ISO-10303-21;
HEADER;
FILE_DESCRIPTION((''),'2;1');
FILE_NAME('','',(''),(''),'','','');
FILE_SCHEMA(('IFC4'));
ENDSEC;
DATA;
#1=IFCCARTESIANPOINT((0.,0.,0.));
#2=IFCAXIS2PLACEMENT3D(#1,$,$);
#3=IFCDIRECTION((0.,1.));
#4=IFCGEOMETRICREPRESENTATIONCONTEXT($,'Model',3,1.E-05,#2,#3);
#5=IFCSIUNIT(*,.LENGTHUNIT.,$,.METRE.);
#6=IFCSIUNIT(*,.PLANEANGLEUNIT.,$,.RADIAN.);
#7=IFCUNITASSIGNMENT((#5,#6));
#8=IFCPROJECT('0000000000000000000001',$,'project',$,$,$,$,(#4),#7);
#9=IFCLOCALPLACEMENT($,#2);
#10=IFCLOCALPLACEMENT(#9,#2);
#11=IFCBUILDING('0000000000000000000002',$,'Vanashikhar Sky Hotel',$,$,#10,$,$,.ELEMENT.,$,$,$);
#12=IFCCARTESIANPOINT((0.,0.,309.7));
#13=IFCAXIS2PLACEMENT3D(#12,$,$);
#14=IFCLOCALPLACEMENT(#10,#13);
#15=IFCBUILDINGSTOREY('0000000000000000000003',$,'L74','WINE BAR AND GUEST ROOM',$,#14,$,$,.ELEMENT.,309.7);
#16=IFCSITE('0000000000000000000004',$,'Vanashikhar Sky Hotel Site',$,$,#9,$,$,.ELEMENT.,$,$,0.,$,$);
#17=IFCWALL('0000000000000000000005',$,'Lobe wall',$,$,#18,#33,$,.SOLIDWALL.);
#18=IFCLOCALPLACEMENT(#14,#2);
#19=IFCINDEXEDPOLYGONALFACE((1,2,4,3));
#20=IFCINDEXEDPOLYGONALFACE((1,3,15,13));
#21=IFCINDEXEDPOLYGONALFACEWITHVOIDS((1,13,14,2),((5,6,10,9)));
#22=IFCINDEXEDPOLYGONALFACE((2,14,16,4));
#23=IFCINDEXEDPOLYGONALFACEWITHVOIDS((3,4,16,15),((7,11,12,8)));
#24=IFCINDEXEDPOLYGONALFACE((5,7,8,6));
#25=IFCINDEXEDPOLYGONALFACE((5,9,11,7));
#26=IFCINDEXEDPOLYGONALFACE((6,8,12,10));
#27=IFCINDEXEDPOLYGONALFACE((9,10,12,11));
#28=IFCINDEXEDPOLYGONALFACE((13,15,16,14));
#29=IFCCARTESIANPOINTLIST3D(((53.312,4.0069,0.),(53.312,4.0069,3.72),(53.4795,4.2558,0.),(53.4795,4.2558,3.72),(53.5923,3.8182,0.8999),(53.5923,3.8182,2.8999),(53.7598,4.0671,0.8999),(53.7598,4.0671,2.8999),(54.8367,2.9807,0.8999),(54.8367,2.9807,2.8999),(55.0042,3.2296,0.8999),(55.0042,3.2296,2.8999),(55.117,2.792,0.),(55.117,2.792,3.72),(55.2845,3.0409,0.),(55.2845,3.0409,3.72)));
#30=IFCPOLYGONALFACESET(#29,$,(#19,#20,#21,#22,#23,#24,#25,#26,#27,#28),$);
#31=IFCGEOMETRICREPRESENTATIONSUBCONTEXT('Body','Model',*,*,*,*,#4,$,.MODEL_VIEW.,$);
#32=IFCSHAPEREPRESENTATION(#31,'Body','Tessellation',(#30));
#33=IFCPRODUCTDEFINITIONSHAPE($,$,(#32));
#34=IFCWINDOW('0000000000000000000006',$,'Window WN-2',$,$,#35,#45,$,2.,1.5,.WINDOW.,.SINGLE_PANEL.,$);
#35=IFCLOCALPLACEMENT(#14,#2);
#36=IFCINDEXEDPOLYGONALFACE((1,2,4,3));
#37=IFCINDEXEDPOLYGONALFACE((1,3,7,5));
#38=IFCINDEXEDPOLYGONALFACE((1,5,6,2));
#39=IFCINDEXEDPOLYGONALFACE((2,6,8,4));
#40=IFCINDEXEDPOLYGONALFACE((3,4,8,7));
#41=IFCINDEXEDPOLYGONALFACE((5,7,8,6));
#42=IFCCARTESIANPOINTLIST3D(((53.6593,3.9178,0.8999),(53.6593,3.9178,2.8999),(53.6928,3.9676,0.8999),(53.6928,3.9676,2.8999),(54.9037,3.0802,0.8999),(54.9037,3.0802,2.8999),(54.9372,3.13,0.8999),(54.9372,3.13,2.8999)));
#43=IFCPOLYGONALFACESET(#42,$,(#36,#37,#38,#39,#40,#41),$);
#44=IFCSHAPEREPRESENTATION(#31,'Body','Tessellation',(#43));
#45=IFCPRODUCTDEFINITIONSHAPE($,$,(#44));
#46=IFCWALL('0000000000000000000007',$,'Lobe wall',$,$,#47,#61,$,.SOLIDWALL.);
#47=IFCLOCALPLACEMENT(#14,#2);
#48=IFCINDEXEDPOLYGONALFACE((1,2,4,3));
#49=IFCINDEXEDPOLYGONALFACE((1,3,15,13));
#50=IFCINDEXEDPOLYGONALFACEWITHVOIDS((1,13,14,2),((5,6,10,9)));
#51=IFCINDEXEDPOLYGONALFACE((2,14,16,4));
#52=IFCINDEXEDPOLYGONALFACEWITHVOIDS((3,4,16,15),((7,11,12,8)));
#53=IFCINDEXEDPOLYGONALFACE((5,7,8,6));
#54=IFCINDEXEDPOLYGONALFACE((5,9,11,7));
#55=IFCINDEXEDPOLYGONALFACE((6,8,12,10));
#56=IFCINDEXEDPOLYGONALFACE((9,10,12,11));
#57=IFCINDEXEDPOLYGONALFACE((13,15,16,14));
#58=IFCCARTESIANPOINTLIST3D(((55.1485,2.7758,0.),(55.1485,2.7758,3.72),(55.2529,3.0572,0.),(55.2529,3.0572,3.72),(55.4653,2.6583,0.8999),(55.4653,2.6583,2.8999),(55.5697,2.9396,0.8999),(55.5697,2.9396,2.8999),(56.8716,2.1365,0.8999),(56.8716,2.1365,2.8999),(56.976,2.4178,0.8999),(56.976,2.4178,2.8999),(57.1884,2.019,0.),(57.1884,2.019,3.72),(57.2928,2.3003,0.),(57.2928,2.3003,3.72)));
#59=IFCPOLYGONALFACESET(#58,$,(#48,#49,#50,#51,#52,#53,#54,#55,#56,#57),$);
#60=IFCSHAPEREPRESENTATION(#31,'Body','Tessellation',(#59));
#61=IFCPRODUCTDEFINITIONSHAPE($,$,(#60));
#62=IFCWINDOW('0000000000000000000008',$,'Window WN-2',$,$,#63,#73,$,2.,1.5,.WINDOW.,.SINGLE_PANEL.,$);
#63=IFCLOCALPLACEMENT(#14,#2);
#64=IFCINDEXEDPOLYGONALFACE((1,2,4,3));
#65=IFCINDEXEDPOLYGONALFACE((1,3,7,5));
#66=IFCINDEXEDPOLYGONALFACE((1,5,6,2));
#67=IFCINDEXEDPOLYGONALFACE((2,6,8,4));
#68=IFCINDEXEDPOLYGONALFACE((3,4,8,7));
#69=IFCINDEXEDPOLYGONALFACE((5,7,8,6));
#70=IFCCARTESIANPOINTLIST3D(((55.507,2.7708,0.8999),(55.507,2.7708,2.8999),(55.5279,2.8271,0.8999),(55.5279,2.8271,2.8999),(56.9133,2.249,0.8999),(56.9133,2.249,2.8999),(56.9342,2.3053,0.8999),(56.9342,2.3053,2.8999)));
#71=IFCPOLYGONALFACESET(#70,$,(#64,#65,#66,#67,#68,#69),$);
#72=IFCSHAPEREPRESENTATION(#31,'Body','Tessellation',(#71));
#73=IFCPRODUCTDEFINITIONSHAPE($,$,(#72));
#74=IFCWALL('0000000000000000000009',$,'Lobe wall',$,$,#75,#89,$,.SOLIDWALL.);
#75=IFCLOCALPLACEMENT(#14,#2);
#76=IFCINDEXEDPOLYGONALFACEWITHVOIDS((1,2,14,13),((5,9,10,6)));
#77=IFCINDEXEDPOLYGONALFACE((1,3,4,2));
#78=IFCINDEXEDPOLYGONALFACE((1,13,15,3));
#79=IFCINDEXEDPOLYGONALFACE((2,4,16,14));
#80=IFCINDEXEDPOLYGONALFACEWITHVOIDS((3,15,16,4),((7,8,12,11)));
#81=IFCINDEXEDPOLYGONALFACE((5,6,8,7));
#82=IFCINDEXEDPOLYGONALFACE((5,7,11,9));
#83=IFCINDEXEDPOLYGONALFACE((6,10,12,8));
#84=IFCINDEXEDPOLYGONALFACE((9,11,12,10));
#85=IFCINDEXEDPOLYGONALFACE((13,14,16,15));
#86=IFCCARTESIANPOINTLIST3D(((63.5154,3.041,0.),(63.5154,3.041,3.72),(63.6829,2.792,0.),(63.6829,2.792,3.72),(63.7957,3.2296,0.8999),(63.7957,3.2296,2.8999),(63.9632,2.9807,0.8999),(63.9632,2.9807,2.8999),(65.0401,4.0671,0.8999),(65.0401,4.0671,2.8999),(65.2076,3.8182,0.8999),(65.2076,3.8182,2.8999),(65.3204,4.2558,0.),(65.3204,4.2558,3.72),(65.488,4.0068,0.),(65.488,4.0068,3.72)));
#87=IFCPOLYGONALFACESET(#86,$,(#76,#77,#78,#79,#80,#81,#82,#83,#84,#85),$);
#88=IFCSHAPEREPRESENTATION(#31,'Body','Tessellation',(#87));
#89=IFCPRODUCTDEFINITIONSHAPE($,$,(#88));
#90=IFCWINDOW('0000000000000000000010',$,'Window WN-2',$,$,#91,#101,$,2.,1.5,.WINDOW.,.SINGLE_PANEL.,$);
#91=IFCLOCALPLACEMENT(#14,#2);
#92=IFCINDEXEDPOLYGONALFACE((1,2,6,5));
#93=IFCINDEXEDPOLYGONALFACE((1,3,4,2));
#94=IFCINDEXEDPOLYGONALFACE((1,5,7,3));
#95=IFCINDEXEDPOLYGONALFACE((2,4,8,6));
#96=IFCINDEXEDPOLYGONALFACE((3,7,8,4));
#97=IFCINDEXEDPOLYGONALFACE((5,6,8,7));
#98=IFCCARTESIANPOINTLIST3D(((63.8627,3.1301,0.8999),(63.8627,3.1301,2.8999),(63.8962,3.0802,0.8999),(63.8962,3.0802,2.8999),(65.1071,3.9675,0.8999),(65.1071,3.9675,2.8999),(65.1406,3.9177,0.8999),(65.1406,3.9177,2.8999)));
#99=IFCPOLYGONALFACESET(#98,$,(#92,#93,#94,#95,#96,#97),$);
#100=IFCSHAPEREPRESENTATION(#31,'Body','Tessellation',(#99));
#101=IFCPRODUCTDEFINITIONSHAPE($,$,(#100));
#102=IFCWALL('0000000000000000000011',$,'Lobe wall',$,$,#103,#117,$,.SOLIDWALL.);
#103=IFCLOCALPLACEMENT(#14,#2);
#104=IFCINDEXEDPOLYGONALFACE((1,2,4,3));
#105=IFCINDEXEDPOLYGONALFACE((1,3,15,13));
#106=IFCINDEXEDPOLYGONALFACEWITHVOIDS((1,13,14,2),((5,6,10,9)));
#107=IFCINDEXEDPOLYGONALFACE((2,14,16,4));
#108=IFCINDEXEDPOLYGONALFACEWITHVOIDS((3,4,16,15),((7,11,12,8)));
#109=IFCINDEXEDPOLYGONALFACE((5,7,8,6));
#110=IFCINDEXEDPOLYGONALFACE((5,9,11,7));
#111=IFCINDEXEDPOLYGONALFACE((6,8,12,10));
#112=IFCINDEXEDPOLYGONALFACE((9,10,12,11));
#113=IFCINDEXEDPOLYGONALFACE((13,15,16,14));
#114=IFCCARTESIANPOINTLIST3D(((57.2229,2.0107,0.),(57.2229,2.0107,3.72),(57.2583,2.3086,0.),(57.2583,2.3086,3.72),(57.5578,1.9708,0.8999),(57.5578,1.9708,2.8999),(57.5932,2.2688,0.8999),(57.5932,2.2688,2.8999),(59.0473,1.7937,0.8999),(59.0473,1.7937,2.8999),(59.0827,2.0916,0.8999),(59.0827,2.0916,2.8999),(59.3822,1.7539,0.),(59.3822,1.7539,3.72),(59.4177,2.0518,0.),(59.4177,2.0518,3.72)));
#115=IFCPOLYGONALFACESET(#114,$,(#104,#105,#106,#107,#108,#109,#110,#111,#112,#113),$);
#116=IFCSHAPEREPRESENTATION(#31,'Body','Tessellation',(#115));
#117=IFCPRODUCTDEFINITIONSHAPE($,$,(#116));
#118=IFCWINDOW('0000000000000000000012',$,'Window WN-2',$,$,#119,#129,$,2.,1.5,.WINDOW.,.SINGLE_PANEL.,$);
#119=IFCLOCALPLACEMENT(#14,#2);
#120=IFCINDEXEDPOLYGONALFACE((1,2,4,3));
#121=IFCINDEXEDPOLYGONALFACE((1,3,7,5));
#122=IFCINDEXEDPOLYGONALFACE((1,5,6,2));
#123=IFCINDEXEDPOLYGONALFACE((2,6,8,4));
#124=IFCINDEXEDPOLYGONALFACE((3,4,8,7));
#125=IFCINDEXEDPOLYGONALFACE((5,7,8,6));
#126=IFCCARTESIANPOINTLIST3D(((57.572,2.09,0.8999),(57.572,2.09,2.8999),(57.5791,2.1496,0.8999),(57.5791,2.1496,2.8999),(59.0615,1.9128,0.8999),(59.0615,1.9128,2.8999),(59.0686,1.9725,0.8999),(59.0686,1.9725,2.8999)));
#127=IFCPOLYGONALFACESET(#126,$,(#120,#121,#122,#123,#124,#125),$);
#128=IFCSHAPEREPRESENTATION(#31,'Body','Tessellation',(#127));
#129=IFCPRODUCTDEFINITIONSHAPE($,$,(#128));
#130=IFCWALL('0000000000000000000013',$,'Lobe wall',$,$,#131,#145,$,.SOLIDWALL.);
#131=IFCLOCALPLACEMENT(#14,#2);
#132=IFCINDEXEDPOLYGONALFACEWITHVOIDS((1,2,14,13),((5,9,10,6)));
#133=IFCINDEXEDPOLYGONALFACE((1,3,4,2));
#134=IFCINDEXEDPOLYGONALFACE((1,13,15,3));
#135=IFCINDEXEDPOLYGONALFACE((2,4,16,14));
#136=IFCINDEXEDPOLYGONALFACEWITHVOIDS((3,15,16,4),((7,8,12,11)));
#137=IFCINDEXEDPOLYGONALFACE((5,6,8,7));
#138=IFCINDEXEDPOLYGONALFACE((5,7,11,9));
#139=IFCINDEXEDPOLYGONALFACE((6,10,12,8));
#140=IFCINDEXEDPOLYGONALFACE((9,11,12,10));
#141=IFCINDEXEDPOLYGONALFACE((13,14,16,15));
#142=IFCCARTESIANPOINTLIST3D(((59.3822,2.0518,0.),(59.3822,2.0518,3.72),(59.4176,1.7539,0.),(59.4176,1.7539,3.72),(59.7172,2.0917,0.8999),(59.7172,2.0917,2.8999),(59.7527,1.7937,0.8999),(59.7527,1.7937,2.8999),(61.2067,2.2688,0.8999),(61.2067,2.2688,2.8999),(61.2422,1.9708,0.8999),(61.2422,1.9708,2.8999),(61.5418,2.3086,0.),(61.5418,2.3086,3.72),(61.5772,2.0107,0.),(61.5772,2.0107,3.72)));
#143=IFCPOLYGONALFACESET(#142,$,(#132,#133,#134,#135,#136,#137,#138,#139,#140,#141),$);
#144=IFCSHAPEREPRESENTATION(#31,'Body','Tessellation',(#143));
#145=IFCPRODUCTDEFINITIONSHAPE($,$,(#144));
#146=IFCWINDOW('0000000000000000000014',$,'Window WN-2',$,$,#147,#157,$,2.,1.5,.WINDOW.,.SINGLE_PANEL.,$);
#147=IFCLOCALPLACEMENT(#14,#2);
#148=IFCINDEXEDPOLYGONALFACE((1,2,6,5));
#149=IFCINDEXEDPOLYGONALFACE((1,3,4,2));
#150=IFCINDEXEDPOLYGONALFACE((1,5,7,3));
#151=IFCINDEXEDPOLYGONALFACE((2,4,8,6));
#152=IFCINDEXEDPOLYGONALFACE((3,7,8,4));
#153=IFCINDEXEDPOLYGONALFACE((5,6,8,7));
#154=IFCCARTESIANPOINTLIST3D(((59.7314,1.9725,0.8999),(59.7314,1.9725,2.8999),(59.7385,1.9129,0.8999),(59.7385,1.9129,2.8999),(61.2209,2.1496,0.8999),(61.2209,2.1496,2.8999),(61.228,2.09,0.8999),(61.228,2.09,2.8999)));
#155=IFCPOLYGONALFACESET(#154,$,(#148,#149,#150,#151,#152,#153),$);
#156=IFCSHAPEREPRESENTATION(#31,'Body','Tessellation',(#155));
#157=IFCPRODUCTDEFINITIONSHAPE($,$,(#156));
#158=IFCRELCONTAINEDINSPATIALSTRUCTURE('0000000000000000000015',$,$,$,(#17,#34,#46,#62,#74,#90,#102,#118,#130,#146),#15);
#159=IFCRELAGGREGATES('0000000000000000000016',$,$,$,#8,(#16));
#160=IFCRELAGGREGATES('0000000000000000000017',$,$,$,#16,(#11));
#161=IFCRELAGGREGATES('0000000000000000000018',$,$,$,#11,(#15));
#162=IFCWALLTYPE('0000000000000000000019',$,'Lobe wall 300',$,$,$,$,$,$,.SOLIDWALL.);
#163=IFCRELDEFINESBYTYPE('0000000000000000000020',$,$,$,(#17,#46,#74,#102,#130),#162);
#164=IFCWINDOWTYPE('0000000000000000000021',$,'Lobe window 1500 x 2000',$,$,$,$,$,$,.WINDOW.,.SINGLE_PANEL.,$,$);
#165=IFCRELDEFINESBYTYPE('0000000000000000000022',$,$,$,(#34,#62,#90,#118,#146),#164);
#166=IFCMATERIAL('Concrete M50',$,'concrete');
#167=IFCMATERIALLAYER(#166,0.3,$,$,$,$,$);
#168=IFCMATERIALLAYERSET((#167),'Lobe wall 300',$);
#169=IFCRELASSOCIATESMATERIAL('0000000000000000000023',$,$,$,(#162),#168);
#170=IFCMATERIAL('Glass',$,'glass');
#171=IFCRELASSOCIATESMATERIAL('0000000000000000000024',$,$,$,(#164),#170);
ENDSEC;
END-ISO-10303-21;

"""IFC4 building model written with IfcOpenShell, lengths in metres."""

from ifc_helpers import new_model, si_unit, direction, frame, frame_2d, origin, place, context, subcontext, project, spatial, rectangle, extrude, source, transform, mapped, material, layer, layer_set, type_object, element, fill, save


model = new_model("IFC4")

# Units and contexts
model_context = context("Model", 3, precision=1e-05, world=origin(), true_north=direction((0.0, 1.0)))
body_context = subcontext(model_context, "Body", "Model", "MODEL_VIEW")
ifc_project = project(units=[si_unit("LENGTHUNIT", "METRE"), si_unit("PLANEANGLEUNIT", "RADIAN")], contexts=[model_context])

# Site, building, storey
site_placement = place(None, origin())
site = spatial("IfcSite", under=ifc_project, at=site_placement, Name="Vanashikhar Sky Hotel Site", CompositionType="ELEMENT", RefElevation=0.0)
building_placement = place(site_placement, origin())
building = spatial("IfcBuilding", under=site, at=building_placement, Name="Vanashikhar Sky Hotel", CompositionType="ELEMENT")
storey_placement = place(building_placement, frame((0.0, 0.0, 309.7)))
storey = spatial("IfcBuildingStorey", under=building, at=storey_placement, Name="L74", Description="WINE BAR AND GUEST ROOM", CompositionType="ELEMENT", Elevation=309.7)

# Walls, openings, windows
ifc_material_1 = material(Name="Concrete M50", Category="concrete")
ifc_layer_1 = layer(ifc_material_1, 0.3)
ifc_layer_set_1 = layer_set([ifc_layer_1], Name="Lobe wall 300")
wall_type_1 = type_object("IfcWallType", Name="Lobe wall 300", PredefinedType="SOLIDWALL", material=ifc_layer_set_1)
shared_shape_1 = source(origin(), body_context, "Body", "SweptSolid", [
    extrude(rectangle(XDim=2.1758, YDim=0.3, at=frame_2d((1.0879, 0.0))), origin(), (0.0, 0.0, 1.0), 3.72),
])
wall_1_placement = place(storey_placement, frame((53.3958, 4.1313, 0.0), z_axis=(0.0, 0.0, 1.0), x_axis=(0.829591, -0.558372, 0.0)))
wall_1 = element("IfcWall", 1, at=wall_1_placement, inside=storey, type_object=wall_type_1, Name="Lobe wall", PredefinedType="SOLIDWALL", context=body_context, shape_type="MappedRepresentation", body=[
    mapped(shared_shape_1, transform((0.0, 0.0, 0.0), scale=1.0)),
])
shared_shape_2 = source(origin(), body_context, "Body", "SweptSolid", [
    extrude(rectangle(XDim=1.5, YDim=2.0, at=frame_2d((0.75, 1.0))), frame((0.0, 0.1602, 0.0), z_axis=(0.0, -1.0, 0.0), x_axis=(1.0, 0.0, 0.0)), (0.0, 0.0, 1.0), 0.3201),
])
opening_1_placement = place(wall_1_placement, frame((0.3379, 0.0, 0.8999)))
opening_1 = element("IfcOpeningElement", 2, at=opening_1_placement, cuts=wall_1, PredefinedType="OPENING", context=body_context, shape_type="MappedRepresentation", body=[
    mapped(shared_shape_2, transform((0.0, 0.0, 0.0), scale=1.0)),
])
ifc_material_2 = material(Name="Glass", Category="glass")
window_type = type_object("IfcWindowType", Name="Lobe window 1500 x 2000", PartitioningType="SINGLE_PANEL", PredefinedType="WINDOW", material=ifc_material_2)
shared_shape_3 = source(origin(), body_context, "Body", "SweptSolid", [
    extrude(rectangle(XDim=1.5, YDim=2.0, at=frame_2d((0.75, 1.0))), frame((0.0, 0.03, 0.0), z_axis=(0.0, -1.0, 0.0), x_axis=(1.0, 0.0, 0.0)), (0.0, 0.0, 1.0), 0.0601),
])
window_1_placement = place(opening_1_placement, origin())
window_1 = element("IfcWindow", 3, at=window_1_placement, inside=storey, type_object=window_type, Name="Window WN-2", OverallHeight=2.0, OverallWidth=1.5, PartitioningType="SINGLE_PANEL", PredefinedType="WINDOW", context=body_context, shape_type="MappedRepresentation", body=[
    mapped(shared_shape_3, transform((0.0, 0.0, 0.0), scale=1.0)),
])
fill(opening_1, window_1)
wall_2_placement = place(storey_placement, frame((55.2007, 2.9165, 0.0), z_axis=(0.0, 0.0, 1.0), x_axis=(0.937546, -0.347863, 0.0)))
wall_2 = element("IfcWall", 4, at=wall_2_placement, inside=storey, type_object=wall_type_1, Name="Lobe wall", PredefinedType="SOLIDWALL", context=body_context, shape_type="MappedRepresentation", body=[
    mapped(shared_shape_1, transform((0.0, 0.0, 0.0), scale=1.0)),
])
opening_2_placement = place(wall_2_placement, frame((0.3379, 0.0, 0.8999)))
opening_2 = element("IfcOpeningElement", 5, at=opening_2_placement, cuts=wall_2, PredefinedType="OPENING", context=body_context, shape_type="MappedRepresentation", body=[
    mapped(shared_shape_2, transform((0.0, 0.0, 0.0), scale=1.0)),
])
window_2_placement = place(opening_2_placement, origin())
window_2 = element("IfcWindow", 6, at=window_2_placement, inside=storey, type_object=window_type, Name="Window WN-2", OverallHeight=2.0, OverallWidth=1.5, PartitioningType="SINGLE_PANEL", PredefinedType="WINDOW", context=body_context, shape_type="MappedRepresentation", body=[
    mapped(shared_shape_3, transform((0.0, 0.0, 0.0), scale=1.0)),
])
fill(opening_2, window_2)
wall_3_placement = place(storey_placement, frame((63.5991, 2.9165, 0.0), z_axis=(0.0, 0.0, 1.0), x_axis=(0.829626, 0.55832, 0.0)))
wall_3 = element("IfcWall", 7, at=wall_3_placement, inside=storey, type_object=wall_type_1, Name="Lobe wall", PredefinedType="SOLIDWALL", context=body_context, shape_type="MappedRepresentation", body=[
    mapped(shared_shape_1, transform((0.0, 0.0, 0.0), scale=1.0)),
])
opening_3_placement = place(wall_3_placement, frame((0.3379, 0.0, 0.8999)))
opening_3 = element("IfcOpeningElement", 8, at=opening_3_placement, cuts=wall_3, PredefinedType="OPENING", context=body_context, shape_type="MappedRepresentation", body=[
    mapped(shared_shape_2, transform((0.0, 0.0, 0.0), scale=1.0)),
])
window_3_placement = place(opening_3_placement, origin())
window_3 = element("IfcWindow", 9, at=window_3_placement, inside=storey, type_object=window_type, Name="Window WN-2", OverallHeight=2.0, OverallWidth=1.5, PartitioningType="SINGLE_PANEL", PredefinedType="WINDOW", context=body_context, shape_type="MappedRepresentation", body=[
    mapped(shared_shape_3, transform((0.0, 0.0, 0.0), scale=1.0)),
])
fill(opening_3, window_3)
shared_shape_4 = source(origin(), body_context, "Body", "SweptSolid", [
    extrude(rectangle(XDim=2.1746, YDim=0.3, at=frame_2d((1.0874, 0.0))), origin(), (0.0, 0.0, 1.0), 3.72),
])
wall_4_placement = place(storey_placement, frame((57.2405, 2.1597, 0.0), z_axis=(0.0, 0.0, 1.0), x_axis=(0.993001, -0.118105, 0.0)))
wall_4 = element("IfcWall", 10, at=wall_4_placement, inside=storey, type_object=wall_type_1, Name="Lobe wall", PredefinedType="SOLIDWALL", context=body_context, shape_type="MappedRepresentation", body=[
    mapped(shared_shape_4, transform((0.0, 0.0, 0.0), scale=1.0)),
])
opening_4_placement = place(wall_4_placement, frame((0.3374, 0.0, 0.8999)))
opening_4 = element("IfcOpeningElement", 11, at=opening_4_placement, cuts=wall_4, PredefinedType="OPENING", context=body_context, shape_type="MappedRepresentation", body=[
    mapped(shared_shape_2, transform((0.0, 0.0, 0.0), scale=1.0)),
])
window_4_placement = place(opening_4_placement, origin())
window_4 = element("IfcWindow", 12, at=window_4_placement, inside=storey, type_object=window_type, Name="Window WN-2", OverallHeight=2.0, OverallWidth=1.5, PartitioningType="SINGLE_PANEL", PredefinedType="WINDOW", context=body_context, shape_type="MappedRepresentation", body=[
    mapped(shared_shape_3, transform((0.0, 0.0, 0.0), scale=1.0)),
])
fill(opening_4, window_4)
shared_shape_5 = source(origin(), body_context, "Body", "SweptSolid", [
    extrude(rectangle(XDim=2.1748, YDim=0.3, at=frame_2d((1.0874, 0.0))), origin(), (0.0, 0.0, 1.0), 3.72),
])
wall_5_placement = place(storey_placement, frame((59.3999, 1.9028, 0.0), z_axis=(0.0, 0.0, 1.0), x_axis=(0.993003, 0.118092, 0.0)))
wall_5 = element("IfcWall", 13, at=wall_5_placement, inside=storey, type_object=wall_type_1, Name="Lobe wall", PredefinedType="SOLIDWALL", context=body_context, shape_type="MappedRepresentation", body=[
    mapped(shared_shape_5, transform((0.0, 0.0, 0.0), scale=1.0)),
])
opening_5_placement = place(wall_5_placement, frame((0.3374, 0.0, 0.8999)))
opening_5 = element("IfcOpeningElement", 14, at=opening_5_placement, cuts=wall_5, PredefinedType="OPENING", context=body_context, shape_type="MappedRepresentation", body=[
    mapped(shared_shape_2, transform((0.0, 0.0, 0.0), scale=1.0)),
])
window_5_placement = place(opening_5_placement, origin())
window_5 = element("IfcWindow", 15, at=window_5_placement, inside=storey, type_object=window_type, Name="Window WN-2", OverallHeight=2.0, OverallWidth=1.5, PartitioningType="SINGLE_PANEL", PredefinedType="WINDOW", context=body_context, shape_type="MappedRepresentation", body=[
    mapped(shared_shape_3, transform((0.0, 0.0, 0.0), scale=1.0)),
])
fill(opening_5, window_5)

save(model, "model.ifc")
